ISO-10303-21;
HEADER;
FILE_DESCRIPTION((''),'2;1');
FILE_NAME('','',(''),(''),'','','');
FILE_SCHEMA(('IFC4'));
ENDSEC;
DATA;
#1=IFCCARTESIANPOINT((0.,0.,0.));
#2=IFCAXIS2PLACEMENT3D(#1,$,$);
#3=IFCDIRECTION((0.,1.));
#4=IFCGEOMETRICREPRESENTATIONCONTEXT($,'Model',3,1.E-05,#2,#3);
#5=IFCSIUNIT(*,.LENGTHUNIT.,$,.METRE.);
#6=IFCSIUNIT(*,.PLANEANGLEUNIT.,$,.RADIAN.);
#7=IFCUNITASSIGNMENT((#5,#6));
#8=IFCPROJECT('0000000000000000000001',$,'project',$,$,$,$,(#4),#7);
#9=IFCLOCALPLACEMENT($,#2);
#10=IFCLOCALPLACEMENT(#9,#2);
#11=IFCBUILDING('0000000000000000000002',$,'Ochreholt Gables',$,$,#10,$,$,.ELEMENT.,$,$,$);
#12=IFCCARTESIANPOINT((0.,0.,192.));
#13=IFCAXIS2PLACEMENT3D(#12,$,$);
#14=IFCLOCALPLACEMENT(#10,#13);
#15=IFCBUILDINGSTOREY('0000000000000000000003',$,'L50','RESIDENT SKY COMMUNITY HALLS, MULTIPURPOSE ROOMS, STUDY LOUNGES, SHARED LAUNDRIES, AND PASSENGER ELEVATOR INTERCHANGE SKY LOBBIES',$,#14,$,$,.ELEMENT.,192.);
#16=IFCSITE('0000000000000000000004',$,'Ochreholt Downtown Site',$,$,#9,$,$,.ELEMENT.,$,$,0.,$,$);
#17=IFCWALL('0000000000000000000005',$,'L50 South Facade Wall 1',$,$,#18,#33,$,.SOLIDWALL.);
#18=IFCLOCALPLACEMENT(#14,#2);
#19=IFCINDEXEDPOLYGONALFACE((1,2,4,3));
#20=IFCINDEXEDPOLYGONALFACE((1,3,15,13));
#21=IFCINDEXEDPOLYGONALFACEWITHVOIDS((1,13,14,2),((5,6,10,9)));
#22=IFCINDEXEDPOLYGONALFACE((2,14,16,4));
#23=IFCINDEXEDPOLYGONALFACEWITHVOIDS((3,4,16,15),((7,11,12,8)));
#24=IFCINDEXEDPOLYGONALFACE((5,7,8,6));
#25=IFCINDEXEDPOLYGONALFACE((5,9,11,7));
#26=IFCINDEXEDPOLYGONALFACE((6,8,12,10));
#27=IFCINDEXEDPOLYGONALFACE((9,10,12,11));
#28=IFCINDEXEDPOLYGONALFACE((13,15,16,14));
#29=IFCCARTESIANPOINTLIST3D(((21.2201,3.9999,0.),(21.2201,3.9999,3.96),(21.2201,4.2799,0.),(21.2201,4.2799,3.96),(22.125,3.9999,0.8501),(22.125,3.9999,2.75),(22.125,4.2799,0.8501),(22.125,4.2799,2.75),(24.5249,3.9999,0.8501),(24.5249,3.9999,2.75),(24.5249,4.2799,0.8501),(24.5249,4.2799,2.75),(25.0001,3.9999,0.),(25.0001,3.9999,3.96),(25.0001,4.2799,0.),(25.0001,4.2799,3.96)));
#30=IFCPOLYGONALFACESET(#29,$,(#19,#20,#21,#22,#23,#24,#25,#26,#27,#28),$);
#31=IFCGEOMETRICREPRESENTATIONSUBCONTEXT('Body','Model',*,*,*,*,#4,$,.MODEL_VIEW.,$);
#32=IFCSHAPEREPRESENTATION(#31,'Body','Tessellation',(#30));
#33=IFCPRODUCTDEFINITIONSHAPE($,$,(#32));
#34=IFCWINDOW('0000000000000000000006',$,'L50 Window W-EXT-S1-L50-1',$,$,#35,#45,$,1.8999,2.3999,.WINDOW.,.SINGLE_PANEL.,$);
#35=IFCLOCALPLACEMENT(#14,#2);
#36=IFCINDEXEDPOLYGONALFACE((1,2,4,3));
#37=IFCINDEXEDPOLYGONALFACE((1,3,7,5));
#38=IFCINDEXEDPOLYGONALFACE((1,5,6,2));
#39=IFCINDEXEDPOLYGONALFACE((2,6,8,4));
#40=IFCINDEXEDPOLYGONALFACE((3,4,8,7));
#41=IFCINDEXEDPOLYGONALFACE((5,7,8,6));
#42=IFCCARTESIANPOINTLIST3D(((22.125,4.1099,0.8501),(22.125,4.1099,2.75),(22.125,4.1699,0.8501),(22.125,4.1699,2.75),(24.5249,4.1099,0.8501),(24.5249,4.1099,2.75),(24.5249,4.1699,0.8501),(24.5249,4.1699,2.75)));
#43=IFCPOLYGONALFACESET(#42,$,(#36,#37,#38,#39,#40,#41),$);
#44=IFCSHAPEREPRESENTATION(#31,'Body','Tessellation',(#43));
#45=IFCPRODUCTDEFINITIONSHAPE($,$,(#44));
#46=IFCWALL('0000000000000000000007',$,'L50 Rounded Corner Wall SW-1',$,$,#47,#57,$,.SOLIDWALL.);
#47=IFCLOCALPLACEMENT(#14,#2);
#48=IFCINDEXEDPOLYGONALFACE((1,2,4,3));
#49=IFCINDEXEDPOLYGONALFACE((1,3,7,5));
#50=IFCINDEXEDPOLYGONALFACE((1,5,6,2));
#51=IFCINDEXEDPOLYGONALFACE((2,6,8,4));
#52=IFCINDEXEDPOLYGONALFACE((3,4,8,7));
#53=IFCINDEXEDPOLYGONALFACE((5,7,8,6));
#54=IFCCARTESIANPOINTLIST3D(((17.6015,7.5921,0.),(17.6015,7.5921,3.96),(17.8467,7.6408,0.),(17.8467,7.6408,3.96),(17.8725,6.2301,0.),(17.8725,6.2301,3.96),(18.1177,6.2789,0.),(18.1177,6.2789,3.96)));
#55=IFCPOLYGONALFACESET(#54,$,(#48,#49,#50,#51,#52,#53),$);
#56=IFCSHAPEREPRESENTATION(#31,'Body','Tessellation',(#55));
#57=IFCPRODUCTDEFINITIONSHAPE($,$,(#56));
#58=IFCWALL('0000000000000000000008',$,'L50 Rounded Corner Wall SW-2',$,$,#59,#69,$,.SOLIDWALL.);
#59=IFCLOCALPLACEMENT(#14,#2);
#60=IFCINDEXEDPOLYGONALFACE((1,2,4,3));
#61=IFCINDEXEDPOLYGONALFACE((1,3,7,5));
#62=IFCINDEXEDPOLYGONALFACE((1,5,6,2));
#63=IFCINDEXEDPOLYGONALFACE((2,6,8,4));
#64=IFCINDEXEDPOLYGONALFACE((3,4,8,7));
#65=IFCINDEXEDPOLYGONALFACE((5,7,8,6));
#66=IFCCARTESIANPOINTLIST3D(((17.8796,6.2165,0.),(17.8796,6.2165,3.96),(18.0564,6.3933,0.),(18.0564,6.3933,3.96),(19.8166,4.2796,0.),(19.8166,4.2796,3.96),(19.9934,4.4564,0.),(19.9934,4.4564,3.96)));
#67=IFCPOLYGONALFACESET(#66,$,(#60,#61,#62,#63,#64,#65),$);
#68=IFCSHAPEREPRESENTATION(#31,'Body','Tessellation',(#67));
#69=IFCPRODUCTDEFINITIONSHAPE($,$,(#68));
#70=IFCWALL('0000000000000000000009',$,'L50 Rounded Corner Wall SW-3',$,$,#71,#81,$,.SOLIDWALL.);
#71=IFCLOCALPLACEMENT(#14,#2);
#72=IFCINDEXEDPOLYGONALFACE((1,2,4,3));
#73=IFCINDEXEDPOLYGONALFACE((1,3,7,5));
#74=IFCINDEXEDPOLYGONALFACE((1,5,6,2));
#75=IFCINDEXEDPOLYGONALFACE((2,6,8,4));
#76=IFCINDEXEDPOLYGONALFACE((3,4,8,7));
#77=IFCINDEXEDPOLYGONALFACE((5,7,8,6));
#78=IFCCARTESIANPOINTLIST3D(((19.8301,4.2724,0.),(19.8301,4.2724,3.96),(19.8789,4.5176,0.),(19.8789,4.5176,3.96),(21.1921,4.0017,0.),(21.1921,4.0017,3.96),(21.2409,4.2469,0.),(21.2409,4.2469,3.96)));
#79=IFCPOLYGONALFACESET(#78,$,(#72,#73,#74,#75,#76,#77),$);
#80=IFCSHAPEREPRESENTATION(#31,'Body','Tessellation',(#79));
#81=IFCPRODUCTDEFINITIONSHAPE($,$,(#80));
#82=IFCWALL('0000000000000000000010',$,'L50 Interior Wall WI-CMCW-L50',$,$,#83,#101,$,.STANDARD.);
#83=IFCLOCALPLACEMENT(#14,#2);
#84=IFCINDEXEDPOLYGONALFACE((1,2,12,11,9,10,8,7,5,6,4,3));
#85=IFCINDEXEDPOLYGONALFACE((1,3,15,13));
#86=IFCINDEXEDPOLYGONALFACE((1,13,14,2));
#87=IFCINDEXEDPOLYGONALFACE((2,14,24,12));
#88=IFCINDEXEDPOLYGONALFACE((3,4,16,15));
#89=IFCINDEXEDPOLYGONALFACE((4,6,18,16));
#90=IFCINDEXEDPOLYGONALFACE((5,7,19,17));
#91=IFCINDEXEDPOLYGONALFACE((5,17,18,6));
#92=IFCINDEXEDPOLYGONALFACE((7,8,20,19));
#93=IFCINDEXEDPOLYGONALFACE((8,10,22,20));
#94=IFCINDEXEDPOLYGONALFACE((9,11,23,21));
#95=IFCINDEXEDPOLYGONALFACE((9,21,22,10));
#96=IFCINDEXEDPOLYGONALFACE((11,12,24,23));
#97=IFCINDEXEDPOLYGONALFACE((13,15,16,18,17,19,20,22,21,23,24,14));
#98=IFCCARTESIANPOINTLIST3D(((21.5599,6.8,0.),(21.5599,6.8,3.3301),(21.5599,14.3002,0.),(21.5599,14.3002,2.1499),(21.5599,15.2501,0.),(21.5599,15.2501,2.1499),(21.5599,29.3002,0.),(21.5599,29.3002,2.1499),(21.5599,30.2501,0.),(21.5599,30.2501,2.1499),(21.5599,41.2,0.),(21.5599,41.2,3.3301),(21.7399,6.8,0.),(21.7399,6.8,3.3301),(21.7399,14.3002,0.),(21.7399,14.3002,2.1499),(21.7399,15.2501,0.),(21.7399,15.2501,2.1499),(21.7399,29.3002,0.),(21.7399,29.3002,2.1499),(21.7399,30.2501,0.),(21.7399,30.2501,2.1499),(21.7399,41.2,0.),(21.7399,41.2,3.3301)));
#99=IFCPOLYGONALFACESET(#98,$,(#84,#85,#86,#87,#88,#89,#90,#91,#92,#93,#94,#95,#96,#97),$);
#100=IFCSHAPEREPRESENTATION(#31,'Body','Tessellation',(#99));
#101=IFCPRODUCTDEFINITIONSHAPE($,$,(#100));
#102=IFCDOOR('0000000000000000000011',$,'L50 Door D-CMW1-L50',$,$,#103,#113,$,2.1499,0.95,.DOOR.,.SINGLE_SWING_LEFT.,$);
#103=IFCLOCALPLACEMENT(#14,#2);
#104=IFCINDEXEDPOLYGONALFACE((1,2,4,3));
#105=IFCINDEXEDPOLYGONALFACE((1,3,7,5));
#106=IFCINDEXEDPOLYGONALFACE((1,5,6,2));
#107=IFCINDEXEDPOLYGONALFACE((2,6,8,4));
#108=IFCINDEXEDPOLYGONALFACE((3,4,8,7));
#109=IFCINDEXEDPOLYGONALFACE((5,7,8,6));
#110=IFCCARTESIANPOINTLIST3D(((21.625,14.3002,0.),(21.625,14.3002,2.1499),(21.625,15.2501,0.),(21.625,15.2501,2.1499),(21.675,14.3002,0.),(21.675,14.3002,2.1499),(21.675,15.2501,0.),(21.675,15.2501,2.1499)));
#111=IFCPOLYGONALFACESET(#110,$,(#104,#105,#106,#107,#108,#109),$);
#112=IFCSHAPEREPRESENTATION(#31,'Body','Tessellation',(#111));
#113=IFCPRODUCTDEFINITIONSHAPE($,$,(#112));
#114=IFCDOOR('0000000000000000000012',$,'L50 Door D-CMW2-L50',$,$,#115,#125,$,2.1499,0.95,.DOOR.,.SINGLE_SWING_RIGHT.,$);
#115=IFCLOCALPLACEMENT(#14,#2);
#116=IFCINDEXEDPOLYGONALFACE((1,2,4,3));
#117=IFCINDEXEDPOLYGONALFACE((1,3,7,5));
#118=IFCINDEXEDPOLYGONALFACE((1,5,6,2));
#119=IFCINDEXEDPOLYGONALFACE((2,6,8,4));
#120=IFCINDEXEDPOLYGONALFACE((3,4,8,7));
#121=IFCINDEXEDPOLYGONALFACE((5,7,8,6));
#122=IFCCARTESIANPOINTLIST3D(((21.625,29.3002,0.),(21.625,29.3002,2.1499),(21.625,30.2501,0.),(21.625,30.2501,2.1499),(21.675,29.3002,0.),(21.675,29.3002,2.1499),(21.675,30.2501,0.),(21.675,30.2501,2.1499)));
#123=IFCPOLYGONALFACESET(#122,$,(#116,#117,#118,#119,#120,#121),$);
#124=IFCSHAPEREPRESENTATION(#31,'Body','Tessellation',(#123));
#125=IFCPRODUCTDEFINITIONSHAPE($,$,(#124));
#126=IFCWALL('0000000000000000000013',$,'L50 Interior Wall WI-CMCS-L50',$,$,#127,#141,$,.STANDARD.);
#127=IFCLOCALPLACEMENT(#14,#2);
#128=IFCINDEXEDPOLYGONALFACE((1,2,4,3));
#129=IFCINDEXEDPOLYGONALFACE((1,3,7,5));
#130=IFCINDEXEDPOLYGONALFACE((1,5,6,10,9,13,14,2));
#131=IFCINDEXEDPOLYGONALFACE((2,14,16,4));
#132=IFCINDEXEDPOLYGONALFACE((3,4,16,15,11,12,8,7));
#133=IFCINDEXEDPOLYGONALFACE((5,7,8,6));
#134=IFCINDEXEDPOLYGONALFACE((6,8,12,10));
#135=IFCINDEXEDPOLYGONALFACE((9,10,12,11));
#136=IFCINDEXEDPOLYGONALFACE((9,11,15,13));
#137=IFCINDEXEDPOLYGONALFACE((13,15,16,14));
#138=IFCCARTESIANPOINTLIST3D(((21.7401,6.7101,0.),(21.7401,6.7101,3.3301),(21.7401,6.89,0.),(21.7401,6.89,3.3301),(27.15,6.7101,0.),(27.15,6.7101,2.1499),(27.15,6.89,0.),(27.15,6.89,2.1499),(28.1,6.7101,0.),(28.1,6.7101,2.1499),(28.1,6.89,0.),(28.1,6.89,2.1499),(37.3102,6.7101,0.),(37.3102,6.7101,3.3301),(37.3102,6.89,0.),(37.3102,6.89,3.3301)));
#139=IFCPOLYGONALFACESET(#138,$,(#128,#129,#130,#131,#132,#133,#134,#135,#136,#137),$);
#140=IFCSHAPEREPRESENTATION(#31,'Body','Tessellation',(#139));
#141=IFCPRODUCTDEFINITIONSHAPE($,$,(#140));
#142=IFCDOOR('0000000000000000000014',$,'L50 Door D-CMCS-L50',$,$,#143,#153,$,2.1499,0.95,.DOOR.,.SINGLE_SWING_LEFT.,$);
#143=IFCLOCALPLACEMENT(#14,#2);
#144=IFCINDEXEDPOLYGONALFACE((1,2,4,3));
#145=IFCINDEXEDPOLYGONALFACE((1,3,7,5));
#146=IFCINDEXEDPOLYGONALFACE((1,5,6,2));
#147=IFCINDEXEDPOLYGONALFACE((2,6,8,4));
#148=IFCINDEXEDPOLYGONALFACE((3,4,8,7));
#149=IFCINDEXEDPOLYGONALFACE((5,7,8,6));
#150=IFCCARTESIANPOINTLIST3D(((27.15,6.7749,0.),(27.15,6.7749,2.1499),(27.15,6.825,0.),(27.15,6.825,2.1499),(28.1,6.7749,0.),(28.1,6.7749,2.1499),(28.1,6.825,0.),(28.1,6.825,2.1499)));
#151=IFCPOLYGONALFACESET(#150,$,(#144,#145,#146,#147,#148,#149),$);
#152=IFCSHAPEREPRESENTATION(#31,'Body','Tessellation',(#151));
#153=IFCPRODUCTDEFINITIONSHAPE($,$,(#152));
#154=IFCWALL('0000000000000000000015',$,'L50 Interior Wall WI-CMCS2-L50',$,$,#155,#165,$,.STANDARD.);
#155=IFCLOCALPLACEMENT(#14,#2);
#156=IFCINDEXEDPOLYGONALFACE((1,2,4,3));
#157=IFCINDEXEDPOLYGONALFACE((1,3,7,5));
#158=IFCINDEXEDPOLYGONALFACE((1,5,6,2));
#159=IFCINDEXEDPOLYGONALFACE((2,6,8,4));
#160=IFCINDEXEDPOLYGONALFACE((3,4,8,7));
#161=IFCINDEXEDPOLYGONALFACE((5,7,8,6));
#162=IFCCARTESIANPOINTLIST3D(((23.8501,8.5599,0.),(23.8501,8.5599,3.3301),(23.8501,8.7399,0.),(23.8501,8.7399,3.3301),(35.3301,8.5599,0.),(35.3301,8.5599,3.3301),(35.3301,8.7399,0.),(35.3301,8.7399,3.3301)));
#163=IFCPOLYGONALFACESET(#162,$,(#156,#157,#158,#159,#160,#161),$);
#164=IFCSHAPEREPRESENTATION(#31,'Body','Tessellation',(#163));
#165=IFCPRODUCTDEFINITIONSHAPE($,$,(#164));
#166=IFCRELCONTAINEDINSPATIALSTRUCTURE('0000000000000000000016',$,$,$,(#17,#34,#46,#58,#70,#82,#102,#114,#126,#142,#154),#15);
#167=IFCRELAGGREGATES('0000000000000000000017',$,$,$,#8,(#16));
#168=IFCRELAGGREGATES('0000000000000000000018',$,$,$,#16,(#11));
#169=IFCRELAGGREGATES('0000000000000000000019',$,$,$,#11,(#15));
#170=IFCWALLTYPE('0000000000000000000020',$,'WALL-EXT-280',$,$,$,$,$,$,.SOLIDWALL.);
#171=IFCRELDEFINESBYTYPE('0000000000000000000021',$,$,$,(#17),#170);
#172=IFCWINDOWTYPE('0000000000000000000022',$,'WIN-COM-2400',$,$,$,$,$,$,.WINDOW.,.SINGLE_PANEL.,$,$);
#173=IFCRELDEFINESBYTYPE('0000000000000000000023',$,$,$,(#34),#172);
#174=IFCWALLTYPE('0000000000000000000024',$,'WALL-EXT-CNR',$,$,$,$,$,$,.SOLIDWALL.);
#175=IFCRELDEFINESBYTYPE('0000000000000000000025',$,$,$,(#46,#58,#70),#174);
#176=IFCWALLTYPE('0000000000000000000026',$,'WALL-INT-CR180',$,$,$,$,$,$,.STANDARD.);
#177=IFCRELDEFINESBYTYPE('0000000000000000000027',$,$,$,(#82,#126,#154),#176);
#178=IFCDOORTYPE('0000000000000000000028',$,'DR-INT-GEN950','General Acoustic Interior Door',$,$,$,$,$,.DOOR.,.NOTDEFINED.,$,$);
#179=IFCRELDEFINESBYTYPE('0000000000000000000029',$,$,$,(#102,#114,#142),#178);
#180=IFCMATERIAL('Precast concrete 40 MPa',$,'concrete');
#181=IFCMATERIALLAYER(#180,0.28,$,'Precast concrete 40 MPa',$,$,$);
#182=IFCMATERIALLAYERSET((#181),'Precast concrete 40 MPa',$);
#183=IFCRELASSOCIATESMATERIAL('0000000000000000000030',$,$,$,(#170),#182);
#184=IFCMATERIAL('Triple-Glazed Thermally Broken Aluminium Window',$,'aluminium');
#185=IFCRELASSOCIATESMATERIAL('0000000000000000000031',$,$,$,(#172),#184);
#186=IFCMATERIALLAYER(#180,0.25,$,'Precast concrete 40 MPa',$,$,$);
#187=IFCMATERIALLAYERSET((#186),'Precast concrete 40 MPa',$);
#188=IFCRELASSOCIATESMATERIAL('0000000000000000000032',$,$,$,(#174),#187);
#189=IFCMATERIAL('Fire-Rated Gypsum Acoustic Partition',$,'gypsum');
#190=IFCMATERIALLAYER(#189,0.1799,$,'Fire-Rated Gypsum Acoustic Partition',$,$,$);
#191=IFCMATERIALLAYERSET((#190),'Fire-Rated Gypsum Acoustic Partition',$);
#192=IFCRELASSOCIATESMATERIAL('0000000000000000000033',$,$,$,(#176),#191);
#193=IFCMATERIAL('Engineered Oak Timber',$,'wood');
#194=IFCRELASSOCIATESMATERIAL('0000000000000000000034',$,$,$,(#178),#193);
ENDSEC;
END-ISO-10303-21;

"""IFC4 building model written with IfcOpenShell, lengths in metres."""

from ifc_helpers import new_model, si_unit, direction, frame, frame_2d, origin, place, context, subcontext, project, spatial, rectangle, extrude, material, layer, layer_set, type_object, element, fill, save


model = new_model("IFC4")

# Units and contexts
model_context = context("Model", 3, precision=1e-05, world=origin(), true_north=direction((0.0, 1.0)))
body_context = subcontext(model_context, "Body", "Model", "MODEL_VIEW")
ifc_project = project(units=[si_unit("LENGTHUNIT", "METRE"), si_unit("PLANEANGLEUNIT", "RADIAN")], contexts=[model_context])

# Site, building, storey
site_placement = place(None, origin())
site = spatial("IfcSite", under=ifc_project, at=site_placement, Name="Ochreholt Downtown Site", CompositionType="ELEMENT", RefElevation=0.0)
building_placement = place(site_placement, origin())
building = spatial("IfcBuilding", under=site, at=building_placement, Name="Ochreholt Gables", CompositionType="ELEMENT")
storey_placement = place(building_placement, frame((0.0, 0.0, 192.0)))
storey = spatial("IfcBuildingStorey", under=building, at=storey_placement, Name="L50", Description="RESIDENT SKY COMMUNITY HALLS, MULTIPURPOSE ROOMS, STUDY LOUNGES, SHARED LAUNDRIES, AND PASSENGER ELEVATOR INTERCHANGE SKY LOBBIES", CompositionType="ELEMENT", Elevation=192.0)

# Wall, opening, window
ifc_material_1 = material(Name="Precast concrete 40 MPa", Category="concrete")
ifc_layer_1 = layer(ifc_material_1, 0.28, Name="Precast concrete 40 MPa")
ifc_layer_set_1 = layer_set([ifc_layer_1], Name="Precast concrete 40 MPa")
wall_type_1 = type_object("IfcWallType", Name="WALL-EXT-280", PredefinedType="SOLIDWALL", material=ifc_layer_set_1)
wall_1_placement = place(storey_placement, frame((21.22, 4.1399, 0.0), z_axis=(0.0, 0.0, 1.0), x_axis=(1.0, 0.0, 0.0)))
wall_1 = element("IfcWall", 1, at=wall_1_placement, inside=storey, type_object=wall_type_1, Name="L50 South Facade Wall 1", PredefinedType="SOLIDWALL", context=body_context, shape_type="SweptSolid", body=[
    extrude(rectangle(XDim=3.78, YDim=0.28, at=frame_2d((1.8901, 0.0))), origin(), (0.0, 0.0, 1.0), 3.96),
])
opening_1_placement = place(wall_1_placement, frame((0.905, 0.0, 0.8501)))
opening_1 = element("IfcOpeningElement", 2, at=opening_1_placement, cuts=wall_1, PredefinedType="OPENING", context=body_context, shape_type="SweptSolid", body=[
    extrude(rectangle(XDim=2.3999, YDim=1.8999, at=frame_2d((1.2, 0.95))), frame((0.0, 0.1499, 0.0), z_axis=(0.0, -1.0, 0.0), x_axis=(1.0, 0.0, 0.0)), (0.0, 0.0, 1.0), 0.3),
])
ifc_material_2 = material(Name="Triple-Glazed Thermally Broken Aluminium Window", Category="aluminium")
window_type = type_object("IfcWindowType", Name="WIN-COM-2400", PartitioningType="SINGLE_PANEL", PredefinedType="WINDOW", material=ifc_material_2)
window_placement = place(opening_1_placement, origin())
window = element("IfcWindow", 3, at=window_placement, inside=storey, type_object=window_type, Name="L50 Window W-EXT-S1-L50-1", OverallHeight=1.8999, OverallWidth=2.3999, PartitioningType="SINGLE_PANEL", PredefinedType="WINDOW", context=body_context, shape_type="SweptSolid", body=[
    extrude(rectangle(XDim=2.3999, YDim=1.8999, at=frame_2d((1.2, 0.95))), frame((0.0, 0.03, 0.0), z_axis=(0.0, -1.0, 0.0), x_axis=(1.0, 0.0, 0.0)), (0.0, 0.0, 1.0), 0.0601),
])
fill(opening_1, window)

# Walls
ifc_layer_2 = layer(ifc_material_1, 0.25, Name="Precast concrete 40 MPa")
ifc_layer_set_2 = layer_set([ifc_layer_2], Name="Precast concrete 40 MPa")
wall_type_2 = type_object("IfcWallType", Name="WALL-EXT-CNR", PredefinedType="SOLIDWALL", material=ifc_layer_set_2)
wall_2_placement = place(storey_placement, frame((17.7241, 7.6165, 0.0), z_axis=(0.0, 0.0, 1.0), x_axis=(0.195136, -0.980776, 0.0)))
element("IfcWall", 4, at=wall_2_placement, inside=storey, type_object=wall_type_2, Name="L50 Rounded Corner Wall SW-1", PredefinedType="SOLIDWALL", context=body_context, shape_type="SweptSolid", body=[
    extrude(rectangle(XDim=1.3887, YDim=0.25, at=frame_2d((0.6943, 0.0))), origin(), (0.0, 0.0, 1.0), 3.96),
])
wall_3_placement = place(storey_placement, frame((17.968, 6.3049, 0.0), z_axis=(0.0, 0.0, 1.0), x_axis=(0.707107, -0.707107, 0.0)))
element("IfcWall", 5, at=wall_3_placement, inside=storey, type_object=wall_type_2, Name="L50 Rounded Corner Wall SW-2", PredefinedType="SOLIDWALL", context=body_context, shape_type="SweptSolid", body=[
    extrude(rectangle(XDim=2.7393, YDim=0.25, at=frame_2d((1.3696, 0.0))), origin(), (0.0, 0.0, 1.0), 3.96),
])
wall_4_placement = place(storey_placement, frame((19.8545, 4.395, 0.0), z_axis=(0.0, 0.0, 1.0), x_axis=(0.98081, -0.194967, 0.0)))
element("IfcWall", 6, at=wall_4_placement, inside=storey, type_object=wall_type_2, Name="L50 Rounded Corner Wall SW-3", PredefinedType="SOLIDWALL", context=body_context, shape_type="SweptSolid", body=[
    extrude(rectangle(XDim=1.3887, YDim=0.25, at=frame_2d((0.6943, 0.0))), origin(), (0.0, 0.0, 1.0), 3.96),
])

# Wall, openings, doors
ifc_material_3 = material(Name="Fire-Rated Gypsum Acoustic Partition", Category="gypsum")
ifc_layer_3 = layer(ifc_material_3, 0.1799, Name="Fire-Rated Gypsum Acoustic Partition")
ifc_layer_set_3 = layer_set([ifc_layer_3], Name="Fire-Rated Gypsum Acoustic Partition")
wall_type_3 = type_object("IfcWallType", Name="WALL-INT-CR180", PredefinedType="STANDARD", material=ifc_layer_set_3)
wall_5_placement = place(storey_placement, frame((21.6499, 6.8, 0.0), z_axis=(0.0, 0.0, 1.0), x_axis=(0.0, 1.0, 0.0)))
wall_5 = element("IfcWall", 7, at=wall_5_placement, inside=storey, type_object=wall_type_3, Name="L50 Interior Wall WI-CMCW-L50", PredefinedType="STANDARD", context=body_context, shape_type="SweptSolid", body=[
    extrude(rectangle(XDim=34.3999, YDim=0.1799, at=frame_2d((17.2, 0.0))), origin(), (0.0, 0.0, 1.0), 3.3301),
])
opening_2_placement = place(wall_5_placement, frame((7.5, 0.0, 0.0)))
opening_2 = element("IfcOpeningElement", 8, at=opening_2_placement, cuts=wall_5, PredefinedType="OPENING", context=body_context, shape_type="SweptSolid", body=[
    extrude(rectangle(XDim=0.95, YDim=2.1499, at=frame_2d((0.4751, 1.075))), frame((0.0, 0.0999, 0.0), z_axis=(0.0, -1.0, 0.0), x_axis=(1.0, 0.0, 0.0)), (0.0, 0.0, 1.0), 0.2),
])
opening_3_placement = place(wall_5_placement, frame((22.5, 0.0, 0.0)))
opening_3 = element("IfcOpeningElement", 9, at=opening_3_placement, cuts=wall_5, PredefinedType="OPENING", context=body_context, shape_type="SweptSolid", body=[
    extrude(rectangle(XDim=0.95, YDim=2.1499, at=frame_2d((0.4751, 1.075))), frame((0.0, 0.0999, 0.0), z_axis=(0.0, -1.0, 0.0), x_axis=(1.0, 0.0, 0.0)), (0.0, 0.0, 1.0), 0.2),
])
ifc_material_4 = material(Name="Engineered Oak Timber", Category="wood")
door_type = type_object("IfcDoorType", Name="DR-INT-GEN950", Description="General Acoustic Interior Door", OperationType="NOTDEFINED", PredefinedType="DOOR", material=ifc_material_4)
door_1_placement = place(opening_2_placement, origin())
door_1 = element("IfcDoor", 10, at=door_1_placement, inside=storey, type_object=door_type, Name="L50 Door D-CMW1-L50", OperationType="SINGLE_SWING_LEFT", OverallHeight=2.1499, OverallWidth=0.95, PredefinedType="DOOR", context=body_context, shape_type="SweptSolid", body=[
    extrude(rectangle(XDim=0.95, YDim=2.1499, at=frame_2d((0.4751, 1.075))), frame((0.0, 0.0249, 0.0), z_axis=(0.0, -1.0, 0.0), x_axis=(1.0, 0.0, 0.0)), (0.0, 0.0, 1.0), 0.05),
])
fill(opening_2, door_1)
door_2_placement = place(opening_3_placement, origin())
door_2 = element("IfcDoor", 11, at=door_2_placement, inside=storey, type_object=door_type, Name="L50 Door D-CMW2-L50", OperationType="SINGLE_SWING_RIGHT", OverallHeight=2.1499, OverallWidth=0.95, PredefinedType="DOOR", context=body_context, shape_type="SweptSolid", body=[
    extrude(rectangle(XDim=0.95, YDim=2.1499, at=frame_2d((0.4751, 1.075))), frame((0.0, 0.0249, 0.0), z_axis=(0.0, -1.0, 0.0), x_axis=(1.0, 0.0, 0.0)), (0.0, 0.0, 1.0), 0.05),
])
fill(opening_3, door_2)

# Wall, opening, door
wall_6_placement = place(storey_placement, frame((21.74, 6.8, 0.0), z_axis=(0.0, 0.0, 1.0), x_axis=(1.0, 0.0, 0.0)))
wall_6 = element("IfcWall", 12, at=wall_6_placement, inside=storey, type_object=wall_type_3, Name="L50 Interior Wall WI-CMCS-L50", PredefinedType="STANDARD", context=body_context, shape_type="SweptSolid", body=[
    extrude(rectangle(XDim=15.5701, YDim=0.1799, at=frame_2d((7.7852, 0.0))), origin(), (0.0, 0.0, 1.0), 3.3301),
])
opening_4_placement = place(wall_6_placement, frame((5.4099, 0.0, 0.0)))
opening_4 = element("IfcOpeningElement", 13, at=opening_4_placement, cuts=wall_6, PredefinedType="OPENING", context=body_context, shape_type="SweptSolid", body=[
    extrude(rectangle(XDim=0.95, YDim=2.1499, at=frame_2d((0.4751, 1.075))), frame((0.0, 0.0999, 0.0), z_axis=(0.0, -1.0, 0.0), x_axis=(1.0, 0.0, 0.0)), (0.0, 0.0, 1.0), 0.2),
])
door_3_placement = place(opening_4_placement, origin())
door_3 = element("IfcDoor", 14, at=door_3_placement, inside=storey, type_object=door_type, Name="L50 Door D-CMCS-L50", OperationType="SINGLE_SWING_LEFT", OverallHeight=2.1499, OverallWidth=0.95, PredefinedType="DOOR", context=body_context, shape_type="SweptSolid", body=[
    extrude(rectangle(XDim=0.95, YDim=2.1499, at=frame_2d((0.4751, 1.075))), frame((0.0, 0.0249, 0.0), z_axis=(0.0, -1.0, 0.0), x_axis=(1.0, 0.0, 0.0)), (0.0, 0.0, 1.0), 0.05),
])
fill(opening_4, door_3)

# Wall
wall_7_placement = place(storey_placement, frame((23.8501, 8.6499, 0.0), z_axis=(0.0, 0.0, 1.0), x_axis=(1.0, 0.0, 0.0)))
element("IfcWall", 15, at=wall_7_placement, inside=storey, type_object=wall_type_3, Name="L50 Interior Wall WI-CMCS2-L50", PredefinedType="STANDARD", context=body_context, shape_type="SweptSolid", body=[
    extrude(rectangle(XDim=11.48, YDim=0.1799, at=frame_2d((5.74, 0.0))), origin(), (0.0, 0.0, 1.0), 3.3301),
])

save(model, "model.ifc")
